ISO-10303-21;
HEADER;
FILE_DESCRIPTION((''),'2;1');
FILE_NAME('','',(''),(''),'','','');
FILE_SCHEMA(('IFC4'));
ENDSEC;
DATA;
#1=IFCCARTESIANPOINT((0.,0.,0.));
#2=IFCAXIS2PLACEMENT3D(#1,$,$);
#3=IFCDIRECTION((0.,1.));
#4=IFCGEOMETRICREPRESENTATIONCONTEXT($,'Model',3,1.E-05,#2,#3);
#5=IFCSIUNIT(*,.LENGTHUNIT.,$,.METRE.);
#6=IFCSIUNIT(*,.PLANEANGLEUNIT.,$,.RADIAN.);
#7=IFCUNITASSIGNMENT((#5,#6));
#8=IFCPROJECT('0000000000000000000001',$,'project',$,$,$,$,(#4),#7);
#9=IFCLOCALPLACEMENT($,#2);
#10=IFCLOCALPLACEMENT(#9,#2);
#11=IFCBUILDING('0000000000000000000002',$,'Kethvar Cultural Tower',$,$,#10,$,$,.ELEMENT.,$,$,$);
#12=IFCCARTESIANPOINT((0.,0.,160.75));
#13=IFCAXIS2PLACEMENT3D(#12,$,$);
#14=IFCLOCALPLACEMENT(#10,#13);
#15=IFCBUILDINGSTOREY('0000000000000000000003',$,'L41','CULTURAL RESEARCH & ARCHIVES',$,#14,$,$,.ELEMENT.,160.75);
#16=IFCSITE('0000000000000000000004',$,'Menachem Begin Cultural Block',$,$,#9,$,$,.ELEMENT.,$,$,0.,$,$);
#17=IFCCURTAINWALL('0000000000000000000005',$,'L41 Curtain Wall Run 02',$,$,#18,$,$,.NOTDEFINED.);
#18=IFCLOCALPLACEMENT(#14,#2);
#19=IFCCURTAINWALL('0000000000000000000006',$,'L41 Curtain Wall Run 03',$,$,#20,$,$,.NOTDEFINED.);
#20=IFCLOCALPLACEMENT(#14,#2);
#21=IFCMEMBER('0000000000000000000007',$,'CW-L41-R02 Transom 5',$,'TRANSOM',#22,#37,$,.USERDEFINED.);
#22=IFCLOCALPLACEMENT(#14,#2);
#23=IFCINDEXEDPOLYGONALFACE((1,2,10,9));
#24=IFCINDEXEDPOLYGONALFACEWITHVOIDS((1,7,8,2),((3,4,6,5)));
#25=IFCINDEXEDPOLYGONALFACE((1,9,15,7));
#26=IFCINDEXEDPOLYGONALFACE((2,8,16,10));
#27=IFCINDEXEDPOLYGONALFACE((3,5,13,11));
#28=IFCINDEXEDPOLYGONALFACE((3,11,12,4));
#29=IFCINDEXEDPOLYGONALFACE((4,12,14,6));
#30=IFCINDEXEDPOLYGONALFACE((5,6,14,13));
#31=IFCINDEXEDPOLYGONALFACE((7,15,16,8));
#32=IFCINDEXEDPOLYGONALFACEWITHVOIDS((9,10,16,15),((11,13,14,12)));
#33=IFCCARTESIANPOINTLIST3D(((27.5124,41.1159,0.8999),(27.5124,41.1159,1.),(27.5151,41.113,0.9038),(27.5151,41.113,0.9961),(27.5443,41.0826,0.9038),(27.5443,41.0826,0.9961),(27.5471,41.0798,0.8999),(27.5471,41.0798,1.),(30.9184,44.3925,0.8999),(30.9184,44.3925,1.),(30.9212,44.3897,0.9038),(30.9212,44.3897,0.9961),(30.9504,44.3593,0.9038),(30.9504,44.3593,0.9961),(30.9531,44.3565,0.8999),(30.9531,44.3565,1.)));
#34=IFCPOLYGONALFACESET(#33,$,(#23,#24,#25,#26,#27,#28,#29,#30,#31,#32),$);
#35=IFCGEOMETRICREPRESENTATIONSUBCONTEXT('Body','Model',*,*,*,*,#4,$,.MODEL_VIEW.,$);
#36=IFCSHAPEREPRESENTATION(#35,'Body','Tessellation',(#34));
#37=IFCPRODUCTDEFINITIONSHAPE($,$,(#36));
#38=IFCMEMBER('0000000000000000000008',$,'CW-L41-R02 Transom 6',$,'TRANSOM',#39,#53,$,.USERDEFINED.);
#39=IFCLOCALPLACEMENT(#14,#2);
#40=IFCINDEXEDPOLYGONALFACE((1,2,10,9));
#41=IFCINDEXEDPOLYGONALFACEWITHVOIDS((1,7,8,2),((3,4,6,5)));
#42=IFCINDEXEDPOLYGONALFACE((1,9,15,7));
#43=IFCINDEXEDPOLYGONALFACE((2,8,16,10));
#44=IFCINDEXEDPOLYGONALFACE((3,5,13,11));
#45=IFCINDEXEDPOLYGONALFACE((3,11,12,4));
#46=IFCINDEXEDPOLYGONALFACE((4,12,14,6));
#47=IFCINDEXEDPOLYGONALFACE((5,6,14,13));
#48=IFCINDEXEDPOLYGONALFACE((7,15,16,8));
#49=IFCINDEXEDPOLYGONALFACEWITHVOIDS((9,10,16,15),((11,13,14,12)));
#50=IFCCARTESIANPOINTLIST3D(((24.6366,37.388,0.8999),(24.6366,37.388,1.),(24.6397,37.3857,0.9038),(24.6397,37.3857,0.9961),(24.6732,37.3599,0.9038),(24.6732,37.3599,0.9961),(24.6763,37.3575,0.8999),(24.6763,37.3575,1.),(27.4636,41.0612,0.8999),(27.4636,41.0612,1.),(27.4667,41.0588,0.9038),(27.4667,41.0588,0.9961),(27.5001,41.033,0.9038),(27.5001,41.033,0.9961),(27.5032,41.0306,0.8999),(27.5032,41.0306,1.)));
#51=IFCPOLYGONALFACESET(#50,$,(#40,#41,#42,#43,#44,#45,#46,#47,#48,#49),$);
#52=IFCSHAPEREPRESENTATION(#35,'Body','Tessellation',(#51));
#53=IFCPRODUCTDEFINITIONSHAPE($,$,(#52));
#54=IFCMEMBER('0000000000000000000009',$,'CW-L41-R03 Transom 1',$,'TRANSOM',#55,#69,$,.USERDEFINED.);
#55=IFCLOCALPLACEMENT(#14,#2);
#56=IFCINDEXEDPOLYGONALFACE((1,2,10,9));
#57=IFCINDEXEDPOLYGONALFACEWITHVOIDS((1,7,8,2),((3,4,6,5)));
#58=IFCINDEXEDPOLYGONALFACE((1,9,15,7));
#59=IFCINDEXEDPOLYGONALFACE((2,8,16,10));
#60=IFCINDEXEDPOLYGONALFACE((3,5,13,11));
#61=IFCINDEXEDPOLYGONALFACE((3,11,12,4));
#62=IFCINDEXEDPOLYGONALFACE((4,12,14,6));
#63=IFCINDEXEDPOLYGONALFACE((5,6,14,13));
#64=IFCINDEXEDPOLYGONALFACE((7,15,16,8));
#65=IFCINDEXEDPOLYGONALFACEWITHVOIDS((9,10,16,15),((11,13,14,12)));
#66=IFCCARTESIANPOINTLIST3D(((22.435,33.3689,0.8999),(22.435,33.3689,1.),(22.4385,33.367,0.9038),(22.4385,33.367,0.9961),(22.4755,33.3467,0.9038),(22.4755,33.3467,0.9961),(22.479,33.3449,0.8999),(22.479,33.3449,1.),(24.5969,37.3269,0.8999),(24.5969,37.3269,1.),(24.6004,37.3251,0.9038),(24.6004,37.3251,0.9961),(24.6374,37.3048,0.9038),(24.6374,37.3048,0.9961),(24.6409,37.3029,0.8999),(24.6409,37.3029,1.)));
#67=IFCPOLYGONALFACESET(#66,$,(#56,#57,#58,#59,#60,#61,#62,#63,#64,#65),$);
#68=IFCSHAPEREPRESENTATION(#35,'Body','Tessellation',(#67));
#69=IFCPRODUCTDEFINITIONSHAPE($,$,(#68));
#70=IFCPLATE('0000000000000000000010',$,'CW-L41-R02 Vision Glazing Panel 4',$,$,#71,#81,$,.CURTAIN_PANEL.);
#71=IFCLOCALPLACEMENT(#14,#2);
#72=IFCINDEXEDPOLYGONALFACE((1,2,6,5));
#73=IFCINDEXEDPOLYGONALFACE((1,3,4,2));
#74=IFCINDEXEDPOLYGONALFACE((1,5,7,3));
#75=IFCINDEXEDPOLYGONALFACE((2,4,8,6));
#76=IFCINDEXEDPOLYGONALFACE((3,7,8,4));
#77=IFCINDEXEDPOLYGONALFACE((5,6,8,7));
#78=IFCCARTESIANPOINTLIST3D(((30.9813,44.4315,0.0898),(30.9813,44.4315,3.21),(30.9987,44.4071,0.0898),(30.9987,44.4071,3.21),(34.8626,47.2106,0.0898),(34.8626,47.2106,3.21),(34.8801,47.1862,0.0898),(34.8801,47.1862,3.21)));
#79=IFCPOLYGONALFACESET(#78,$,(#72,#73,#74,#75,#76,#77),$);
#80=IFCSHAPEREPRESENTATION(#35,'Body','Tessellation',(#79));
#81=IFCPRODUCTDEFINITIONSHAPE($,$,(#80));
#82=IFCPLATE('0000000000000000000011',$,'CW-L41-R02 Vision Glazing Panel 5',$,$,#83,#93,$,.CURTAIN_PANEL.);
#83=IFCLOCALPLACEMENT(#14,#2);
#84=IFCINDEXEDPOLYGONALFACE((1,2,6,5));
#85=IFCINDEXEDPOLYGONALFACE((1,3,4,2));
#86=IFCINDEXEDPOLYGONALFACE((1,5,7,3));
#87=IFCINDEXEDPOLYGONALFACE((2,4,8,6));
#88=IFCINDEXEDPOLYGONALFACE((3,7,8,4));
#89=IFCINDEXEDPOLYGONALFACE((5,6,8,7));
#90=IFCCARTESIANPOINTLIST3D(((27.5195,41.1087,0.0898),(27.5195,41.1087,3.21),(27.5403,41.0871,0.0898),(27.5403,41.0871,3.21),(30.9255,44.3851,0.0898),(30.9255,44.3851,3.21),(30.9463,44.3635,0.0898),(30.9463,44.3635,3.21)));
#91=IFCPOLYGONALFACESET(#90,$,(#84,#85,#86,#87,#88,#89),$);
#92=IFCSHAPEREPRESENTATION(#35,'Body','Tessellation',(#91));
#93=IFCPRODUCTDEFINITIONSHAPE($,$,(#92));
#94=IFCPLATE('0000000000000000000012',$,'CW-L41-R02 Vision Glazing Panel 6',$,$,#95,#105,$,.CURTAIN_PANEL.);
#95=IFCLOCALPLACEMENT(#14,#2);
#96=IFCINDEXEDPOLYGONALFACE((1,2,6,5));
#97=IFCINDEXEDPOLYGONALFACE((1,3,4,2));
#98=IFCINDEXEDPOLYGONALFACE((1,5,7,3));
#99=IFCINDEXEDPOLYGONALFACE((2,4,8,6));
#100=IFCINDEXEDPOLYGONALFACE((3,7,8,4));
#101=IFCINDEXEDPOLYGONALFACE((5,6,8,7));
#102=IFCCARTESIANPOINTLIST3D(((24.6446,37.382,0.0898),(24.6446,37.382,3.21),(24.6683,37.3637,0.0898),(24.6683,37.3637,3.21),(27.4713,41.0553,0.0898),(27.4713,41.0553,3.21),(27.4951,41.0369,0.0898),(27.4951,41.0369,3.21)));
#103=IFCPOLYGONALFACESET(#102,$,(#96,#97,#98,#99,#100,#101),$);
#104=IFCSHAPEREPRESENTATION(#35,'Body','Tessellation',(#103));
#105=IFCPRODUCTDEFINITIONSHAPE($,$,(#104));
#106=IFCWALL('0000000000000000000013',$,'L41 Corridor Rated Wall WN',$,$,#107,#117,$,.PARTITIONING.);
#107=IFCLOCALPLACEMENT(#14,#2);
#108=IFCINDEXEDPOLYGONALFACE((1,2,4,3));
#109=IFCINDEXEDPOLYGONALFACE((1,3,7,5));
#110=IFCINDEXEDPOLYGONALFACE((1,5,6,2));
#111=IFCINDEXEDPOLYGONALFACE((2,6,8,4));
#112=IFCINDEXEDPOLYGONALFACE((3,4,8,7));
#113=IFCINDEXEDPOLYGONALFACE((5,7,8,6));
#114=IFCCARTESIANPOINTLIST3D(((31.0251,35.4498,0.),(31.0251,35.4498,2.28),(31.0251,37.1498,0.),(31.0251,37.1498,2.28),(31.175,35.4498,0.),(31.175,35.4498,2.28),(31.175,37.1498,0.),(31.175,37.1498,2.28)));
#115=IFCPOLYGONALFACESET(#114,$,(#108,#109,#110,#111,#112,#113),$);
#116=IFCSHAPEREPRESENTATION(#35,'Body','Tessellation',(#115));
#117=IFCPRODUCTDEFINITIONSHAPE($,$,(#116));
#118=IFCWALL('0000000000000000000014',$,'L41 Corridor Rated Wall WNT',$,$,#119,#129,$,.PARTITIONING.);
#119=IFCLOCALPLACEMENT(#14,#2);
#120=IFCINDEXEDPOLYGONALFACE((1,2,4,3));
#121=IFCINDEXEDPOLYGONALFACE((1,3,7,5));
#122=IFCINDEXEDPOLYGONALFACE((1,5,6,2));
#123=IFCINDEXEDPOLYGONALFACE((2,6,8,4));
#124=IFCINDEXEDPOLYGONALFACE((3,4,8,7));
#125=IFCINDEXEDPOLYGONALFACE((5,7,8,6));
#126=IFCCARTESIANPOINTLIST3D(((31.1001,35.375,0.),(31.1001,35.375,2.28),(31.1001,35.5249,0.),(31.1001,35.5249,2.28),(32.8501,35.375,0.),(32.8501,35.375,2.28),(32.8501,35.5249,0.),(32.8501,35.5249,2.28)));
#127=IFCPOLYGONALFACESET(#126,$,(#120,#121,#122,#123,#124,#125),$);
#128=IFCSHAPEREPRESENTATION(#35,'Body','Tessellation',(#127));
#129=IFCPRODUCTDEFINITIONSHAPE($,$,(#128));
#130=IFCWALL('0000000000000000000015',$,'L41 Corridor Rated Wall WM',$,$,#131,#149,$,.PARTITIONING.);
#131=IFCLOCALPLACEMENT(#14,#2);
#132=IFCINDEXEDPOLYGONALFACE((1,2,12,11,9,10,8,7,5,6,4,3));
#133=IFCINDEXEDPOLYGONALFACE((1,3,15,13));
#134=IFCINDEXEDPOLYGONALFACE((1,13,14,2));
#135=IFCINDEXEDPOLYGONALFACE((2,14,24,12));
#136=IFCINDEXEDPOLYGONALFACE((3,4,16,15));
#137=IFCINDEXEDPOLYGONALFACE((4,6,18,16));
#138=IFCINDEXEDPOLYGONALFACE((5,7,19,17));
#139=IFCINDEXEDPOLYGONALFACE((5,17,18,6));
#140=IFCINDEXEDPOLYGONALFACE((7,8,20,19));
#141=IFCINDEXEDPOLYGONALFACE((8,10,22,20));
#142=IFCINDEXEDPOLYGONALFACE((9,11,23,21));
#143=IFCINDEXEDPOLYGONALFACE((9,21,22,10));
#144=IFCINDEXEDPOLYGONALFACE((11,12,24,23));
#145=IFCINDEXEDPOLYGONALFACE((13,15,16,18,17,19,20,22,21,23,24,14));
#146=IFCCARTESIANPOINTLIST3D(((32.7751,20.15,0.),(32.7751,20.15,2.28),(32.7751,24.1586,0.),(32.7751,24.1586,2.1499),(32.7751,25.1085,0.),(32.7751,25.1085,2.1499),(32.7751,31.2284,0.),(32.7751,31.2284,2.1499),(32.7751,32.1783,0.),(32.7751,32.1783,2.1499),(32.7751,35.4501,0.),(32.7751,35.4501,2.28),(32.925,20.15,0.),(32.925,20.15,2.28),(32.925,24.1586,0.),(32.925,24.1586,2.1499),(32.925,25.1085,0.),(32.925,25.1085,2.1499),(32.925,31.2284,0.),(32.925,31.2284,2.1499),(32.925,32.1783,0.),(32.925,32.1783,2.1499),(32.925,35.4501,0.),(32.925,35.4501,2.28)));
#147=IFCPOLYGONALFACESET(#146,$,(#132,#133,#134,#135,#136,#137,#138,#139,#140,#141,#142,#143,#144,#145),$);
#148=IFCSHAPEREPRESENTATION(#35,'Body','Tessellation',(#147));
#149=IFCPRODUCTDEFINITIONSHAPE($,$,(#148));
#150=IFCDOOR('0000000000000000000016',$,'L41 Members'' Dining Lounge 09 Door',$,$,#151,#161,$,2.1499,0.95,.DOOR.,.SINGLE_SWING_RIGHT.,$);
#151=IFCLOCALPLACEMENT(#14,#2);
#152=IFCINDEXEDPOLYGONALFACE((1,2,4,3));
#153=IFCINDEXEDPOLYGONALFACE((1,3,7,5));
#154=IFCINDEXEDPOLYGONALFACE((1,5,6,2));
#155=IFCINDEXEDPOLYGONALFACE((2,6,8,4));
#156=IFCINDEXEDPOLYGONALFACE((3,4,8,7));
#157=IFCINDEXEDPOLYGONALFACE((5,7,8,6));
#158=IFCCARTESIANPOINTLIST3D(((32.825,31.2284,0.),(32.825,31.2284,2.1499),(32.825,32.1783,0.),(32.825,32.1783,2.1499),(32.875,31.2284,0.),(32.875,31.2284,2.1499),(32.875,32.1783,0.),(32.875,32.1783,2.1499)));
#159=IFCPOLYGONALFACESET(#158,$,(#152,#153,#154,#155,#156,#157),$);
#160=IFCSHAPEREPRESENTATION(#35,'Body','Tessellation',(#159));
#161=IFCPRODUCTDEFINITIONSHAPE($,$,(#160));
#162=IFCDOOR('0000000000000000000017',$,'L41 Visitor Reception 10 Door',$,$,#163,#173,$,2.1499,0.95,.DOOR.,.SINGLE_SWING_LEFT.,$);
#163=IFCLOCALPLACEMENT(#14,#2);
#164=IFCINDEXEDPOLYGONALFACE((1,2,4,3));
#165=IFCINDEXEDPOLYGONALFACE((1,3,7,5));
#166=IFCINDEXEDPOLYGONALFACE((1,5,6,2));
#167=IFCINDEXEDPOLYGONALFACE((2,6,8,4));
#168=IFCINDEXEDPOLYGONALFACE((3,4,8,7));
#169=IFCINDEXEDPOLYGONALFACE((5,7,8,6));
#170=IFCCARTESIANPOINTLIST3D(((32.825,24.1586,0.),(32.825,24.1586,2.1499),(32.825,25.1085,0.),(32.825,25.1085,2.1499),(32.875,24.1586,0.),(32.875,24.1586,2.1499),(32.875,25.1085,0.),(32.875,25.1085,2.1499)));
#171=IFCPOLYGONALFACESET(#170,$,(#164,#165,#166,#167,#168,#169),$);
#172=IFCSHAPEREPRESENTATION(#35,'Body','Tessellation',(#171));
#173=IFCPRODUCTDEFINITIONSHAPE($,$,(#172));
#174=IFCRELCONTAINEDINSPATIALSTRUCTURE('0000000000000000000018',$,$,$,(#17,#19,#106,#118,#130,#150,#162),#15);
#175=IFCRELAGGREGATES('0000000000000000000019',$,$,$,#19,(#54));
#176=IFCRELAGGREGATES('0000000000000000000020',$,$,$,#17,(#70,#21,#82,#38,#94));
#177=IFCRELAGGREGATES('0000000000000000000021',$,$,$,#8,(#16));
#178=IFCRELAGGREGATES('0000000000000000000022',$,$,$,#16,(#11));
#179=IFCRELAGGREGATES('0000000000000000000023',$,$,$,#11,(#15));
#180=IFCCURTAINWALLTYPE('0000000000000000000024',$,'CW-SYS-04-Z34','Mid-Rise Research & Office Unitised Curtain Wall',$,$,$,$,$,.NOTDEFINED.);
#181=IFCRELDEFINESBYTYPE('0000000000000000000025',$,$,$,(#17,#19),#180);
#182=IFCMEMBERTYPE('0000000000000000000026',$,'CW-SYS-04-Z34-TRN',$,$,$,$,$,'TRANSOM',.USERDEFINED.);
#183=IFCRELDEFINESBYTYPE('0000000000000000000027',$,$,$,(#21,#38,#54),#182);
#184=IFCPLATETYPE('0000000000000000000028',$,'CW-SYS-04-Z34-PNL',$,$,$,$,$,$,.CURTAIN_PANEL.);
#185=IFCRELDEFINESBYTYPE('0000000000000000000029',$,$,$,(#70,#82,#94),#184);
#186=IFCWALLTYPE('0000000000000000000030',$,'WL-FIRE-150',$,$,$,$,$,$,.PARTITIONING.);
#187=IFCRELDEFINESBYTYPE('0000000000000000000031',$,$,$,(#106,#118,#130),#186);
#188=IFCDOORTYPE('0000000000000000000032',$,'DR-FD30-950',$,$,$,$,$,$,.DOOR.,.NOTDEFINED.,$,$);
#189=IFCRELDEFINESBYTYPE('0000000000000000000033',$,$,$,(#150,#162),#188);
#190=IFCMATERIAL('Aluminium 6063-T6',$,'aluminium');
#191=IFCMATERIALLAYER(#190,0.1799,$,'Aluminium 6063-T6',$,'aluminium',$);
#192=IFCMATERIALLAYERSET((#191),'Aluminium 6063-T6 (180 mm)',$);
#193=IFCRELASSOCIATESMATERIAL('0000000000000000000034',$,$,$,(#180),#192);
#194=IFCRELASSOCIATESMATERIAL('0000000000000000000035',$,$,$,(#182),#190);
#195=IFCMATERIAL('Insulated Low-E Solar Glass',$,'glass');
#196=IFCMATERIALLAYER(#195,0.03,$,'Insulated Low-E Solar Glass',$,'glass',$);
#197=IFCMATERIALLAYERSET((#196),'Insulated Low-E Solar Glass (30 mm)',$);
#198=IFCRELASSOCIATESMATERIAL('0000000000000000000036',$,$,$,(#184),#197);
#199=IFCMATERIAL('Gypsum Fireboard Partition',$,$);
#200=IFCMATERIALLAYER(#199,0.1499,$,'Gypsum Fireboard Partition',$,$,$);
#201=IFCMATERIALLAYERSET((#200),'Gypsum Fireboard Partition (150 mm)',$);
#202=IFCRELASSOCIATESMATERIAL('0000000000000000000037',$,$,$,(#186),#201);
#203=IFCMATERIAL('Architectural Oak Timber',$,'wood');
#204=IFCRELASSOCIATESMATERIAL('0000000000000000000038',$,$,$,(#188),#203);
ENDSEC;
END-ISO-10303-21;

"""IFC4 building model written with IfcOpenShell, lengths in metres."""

from ifc_helpers import new_model, si_unit, direction, frame, frame_2d, origin, origin_2d, place, context, subcontext, project, spatial, rectangle, hollow_rectangle, extrude, source, transform, mapped, material, layer, layer_set, material_profile, profile_set, type_object, element, fill, aggregate, save


model = new_model("IFC4")

# Units and contexts
model_context = context("Model", 3, precision=1e-05, world=origin(), true_north=direction((0.0, 1.0)))
body_context = subcontext(model_context, "Body", "Model", "MODEL_VIEW")
ifc_project = project(units=[si_unit("LENGTHUNIT", "METRE"), si_unit("PLANEANGLEUNIT", "RADIAN")], contexts=[model_context])

# Site, building, storey
site_placement = place(None, origin())
site = spatial("IfcSite", under=ifc_project, at=site_placement, Name="Menachem Begin Cultural Block", CompositionType="ELEMENT", RefElevation=0.0)
building_placement = place(site_placement, origin())
building = spatial("IfcBuilding", under=site, at=building_placement, Name="Kethvar Cultural Tower", CompositionType="ELEMENT")
storey_placement = place(building_placement, frame((0.0, 0.0, 160.75)))
storey = spatial("IfcBuildingStorey", under=building, at=storey_placement, Name="L41", Description="CULTURAL RESEARCH & ARCHIVES", CompositionType="ELEMENT", Elevation=160.75)

# Curtain wall
ifc_material_1 = material(Name="Aluminium 6063-T6", Category="aluminium")
ifc_layer_1 = layer(ifc_material_1, 0.1799, Name="Aluminium 6063-T6", Category="aluminium")
ifc_layer_set_1 = layer_set([ifc_layer_1], Name="Aluminium 6063-T6 (180 mm)")
curtain_wall_type = type_object("IfcCurtainWallType", Name="CW-SYS-04-Z34", Description="Mid-Rise Research & Office Unitised Curtain Wall", PredefinedType="NOTDEFINED", material=ifc_layer_set_1)
curtain_wall_1_placement = place(storey_placement, origin())
curtain_wall_1 = element("IfcCurtainWall", 1, at=curtain_wall_1_placement, inside=storey, type_object=curtain_wall_type, Name="L41 Curtain Wall Run 02", PredefinedType="NOTDEFINED")

# Curtain wall
curtain_wall_2_placement = place(storey_placement, origin())
curtain_wall_2 = element("IfcCurtainWall", 2, at=curtain_wall_2_placement, inside=storey, type_object=curtain_wall_type, Name="L41 Curtain Wall Run 03", PredefinedType="NOTDEFINED")

# Members
ifc_material_profile_1 = material_profile(ifc_material_1, hollow_rectangle(XDim=0.05, YDim=0.1001, WallThickness=0.0039, at=origin_2d()), Name="Aluminium 6063-T6 — RHS100x50x4")
ifc_profile_set_1 = profile_set([ifc_material_profile_1], Name="Aluminium 6063-T6 — RHS100x50x4")
member_type_1 = type_object("IfcMemberType", Name="CW-SYS-04-Z34-TRN", ElementType="TRANSOM", PredefinedType="USERDEFINED", material=ifc_profile_set_1)
shared_shape_1 = source(origin(), body_context, "Body", "SweptSolid", [
    extrude(hollow_rectangle(XDim=0.05, YDim=0.1001, WallThickness=0.0039, at=origin_2d()), origin(), (0.0, 0.0, 1.0), 4.7263),
])
member_1_placement = place(storey_placement, frame((30.9358, 44.3745, 0.95), z_axis=(-0.720663, -0.693285, 0.0), x_axis=(0.693285, -0.720663, 0.0)))
member_1 = element("IfcMember", 3, at=member_1_placement, type_object=member_type_1, Name="CW-L41-R02 Transom 5", ObjectType="TRANSOM", PredefinedType="USERDEFINED", context=body_context, shape_type="MappedRepresentation", body=[
    mapped(shared_shape_1, transform((0.0, 0.0, 0.0), scale=1.0)),
])
shared_shape_2 = source(origin(), body_context, "Body", "SweptSolid", [
    extrude(hollow_rectangle(XDim=0.05, YDim=0.1001, WallThickness=0.0039, at=origin_2d()), origin(), (0.0, 0.0, 1.0), 4.635),
])
member_2_placement = place(storey_placement, frame((27.4834, 41.0459, 0.95), z_axis=(-0.609907, -0.792473, 0.0), x_axis=(0.792473, -0.609907, 0.0)))
member_2 = element("IfcMember", 4, at=member_2_placement, type_object=member_type_1, Name="CW-L41-R02 Transom 6", ObjectType="TRANSOM", PredefinedType="USERDEFINED", context=body_context, shape_type="MappedRepresentation", body=[
    mapped(shared_shape_2, transform((0.0, 0.0, 0.0), scale=1.0)),
])
shared_shape_3 = source(origin(), body_context, "Body", "SweptSolid", [
    extrude(hollow_rectangle(XDim=0.05, YDim=0.1001, WallThickness=0.0039, at=origin_2d()), origin(), (0.0, 0.0, 1.0), 4.51),
])
member_3_placement = place(storey_placement, frame((24.6189, 37.3149, 0.95), z_axis=(-0.479356, -0.87762, 0.0), x_axis=(0.87762, -0.479356, 0.0)))
member_3 = element("IfcMember", 5, at=member_3_placement, type_object=member_type_1, Name="CW-L41-R03 Transom 1", ObjectType="TRANSOM", PredefinedType="USERDEFINED", context=body_context, shape_type="MappedRepresentation", body=[
    mapped(shared_shape_3, transform((0.0, 0.0, 0.0), scale=1.0)),
])
aggregate(curtain_wall_2, [member_3])

# Plates
ifc_material_2 = material(Name="Insulated Low-E Solar Glass", Category="glass")
ifc_layer_2 = layer(ifc_material_2, 0.03, Name="Insulated Low-E Solar Glass", Category="glass")
ifc_layer_set_2 = layer_set([ifc_layer_2], Name="Insulated Low-E Solar Glass (30 mm)")
plate_type = type_object("IfcPlateType", Name="CW-SYS-04-Z34-PNL", PredefinedType="CURTAIN_PANEL", material=ifc_layer_set_2)
shared_shape_4 = source(origin(), body_context, "Body", "SweptSolid", [
    extrude(rectangle(XDim=4.7737, YDim=0.03, at=origin_2d()), origin(), (0.0, 0.0, 1.0), 3.1201),
])
plate_1_placement = place(storey_placement, frame((32.9307, 45.8088, 0.0898), z_axis=(0.0, 0.0, 1.0), x_axis=(-0.81307, -0.582166, 0.0)))
plate_1 = element("IfcPlate", 6, at=plate_1_placement, type_object=plate_type, Name="CW-L41-R02 Vision Glazing Panel 4", PredefinedType="CURTAIN_PANEL", context=body_context, shape_type="MappedRepresentation", body=[
    mapped(shared_shape_4, transform((0.0, 0.0, 0.0), scale=1.0)),
])
shared_shape_5 = source(origin(), body_context, "Body", "SweptSolid", [
    extrude(rectangle(XDim=4.7261, YDim=0.03, at=origin_2d()), origin(), (0.0, 0.0, 1.0), 3.1201),
])
plate_2_placement = place(storey_placement, frame((29.2329, 42.7361, 0.0898), z_axis=(0.0, 0.0, 1.0), x_axis=(-0.720684, -0.693263, 0.0)))
plate_2 = element("IfcPlate", 7, at=plate_2_placement, type_object=plate_type, Name="CW-L41-R02 Vision Glazing Panel 5", PredefinedType="CURTAIN_PANEL", context=body_context, shape_type="MappedRepresentation", body=[
    mapped(shared_shape_5, transform((0.0, 0.0, 0.0), scale=1.0)),
])
shared_shape_6 = source(origin(), body_context, "Body", "SweptSolid", [
    extrude(rectangle(XDim=4.635, YDim=0.03, at=origin_2d()), origin(), (0.0, 0.0, 1.0), 3.1201),
])
plate_3_placement = place(storey_placement, frame((26.0698, 39.2095, 0.0898), z_axis=(0.0, 0.0, 1.0), x_axis=(-0.609869, -0.792503, 0.0)))
plate_3 = element("IfcPlate", 8, at=plate_3_placement, type_object=plate_type, Name="CW-L41-R02 Vision Glazing Panel 6", PredefinedType="CURTAIN_PANEL", context=body_context, shape_type="MappedRepresentation", body=[
    mapped(shared_shape_6, transform((0.0, 0.0, 0.0), scale=1.0)),
])
aggregate(curtain_wall_1, [plate_1, member_1, plate_2, member_2, plate_3])

# Walls
ifc_material_3 = material(Name="Gypsum Fireboard Partition")
ifc_layer_3 = layer(ifc_material_3, 0.1499, Name="Gypsum Fireboard Partition")
ifc_layer_set_3 = layer_set([ifc_layer_3], Name="Gypsum Fireboard Partition (150 mm)")
wall_type = type_object("IfcWallType", Name="WL-FIRE-150", PredefinedType="PARTITIONING", material=ifc_layer_set_3)
wall_1_placement = place(storey_placement, frame((31.1001, 37.1499, 0.0), z_axis=(0.0, 0.0, 1.0), x_axis=(0.0, -1.0, 0.0)))
element("IfcWall", 9, at=wall_1_placement, inside=storey, type_object=wall_type, Name="L41 Corridor Rated Wall WN", PredefinedType="PARTITIONING", context=body_context, shape_type="SweptSolid", body=[
    extrude(rectangle(XDim=1.7, YDim=0.1499, at=frame_2d((0.8501, 0.0))), origin(), (0.0, 0.0, 1.0), 2.28),
])
wall_2_placement = place(storey_placement, frame((31.1001, 35.45, 0.0), z_axis=(0.0, 0.0, 1.0), x_axis=(1.0, 0.0, 0.0)))
element("IfcWall", 10, at=wall_2_placement, inside=storey, type_object=wall_type, Name="L41 Corridor Rated Wall WNT", PredefinedType="PARTITIONING", context=body_context, shape_type="SweptSolid", body=[
    extrude(rectangle(XDim=1.75, YDim=0.1499, at=frame_2d((0.875, 0.0))), origin(), (0.0, 0.0, 1.0), 2.28),
])

# Wall, openings, doors
wall_3_placement = place(storey_placement, frame((32.8501, 35.45, 0.0), z_axis=(0.0, 0.0, 1.0), x_axis=(0.0, -1.0, 0.0)))
wall_3 = element("IfcWall", 11, at=wall_3_placement, inside=storey, type_object=wall_type, Name="L41 Corridor Rated Wall WM", PredefinedType="PARTITIONING", context=body_context, shape_type="SweptSolid", body=[
    extrude(rectangle(XDim=15.3, YDim=0.1499, at=frame_2d((7.6499, 0.0))), origin(), (0.0, 0.0, 1.0), 2.28),
])
opening_1_placement = place(wall_3_placement, frame((3.2715, 0.0, 0.0)))
opening_1 = element("IfcOpeningElement", 12, at=opening_1_placement, cuts=wall_3, PredefinedType="OPENING", context=body_context, shape_type="SweptSolid", body=[
    extrude(rectangle(XDim=0.95, YDim=2.1499, at=frame_2d((0.4751, 1.075))), frame((0.0, 0.085, 0.0), z_axis=(0.0, -1.0, 0.0), x_axis=(1.0, 0.0, 0.0)), (0.0, 0.0, 1.0), 0.1699),
])
opening_2_placement = place(wall_3_placement, frame((10.3413, 0.0, 0.0)))
opening_2 = element("IfcOpeningElement", 13, at=opening_2_placement, cuts=wall_3, PredefinedType="OPENING", context=body_context, shape_type="SweptSolid", body=[
    extrude(rectangle(XDim=0.95, YDim=2.1499, at=frame_2d((0.4751, 1.075))), frame((0.0, 0.085, 0.0), z_axis=(0.0, -1.0, 0.0), x_axis=(1.0, 0.0, 0.0)), (0.0, 0.0, 1.0), 0.1699),
])
ifc_material_4 = material(Name="Architectural Oak Timber", Category="wood")
door_type = type_object("IfcDoorType", Name="DR-FD30-950", OperationType="NOTDEFINED", PredefinedType="DOOR", material=ifc_material_4)
shared_shape_7 = source(origin(), body_context, "Body", "SweptSolid", [
    extrude(rectangle(XDim=0.95, YDim=2.1499, at=frame_2d((0.4751, 1.075))), frame((0.0, 0.0249, 0.0), z_axis=(0.0, -1.0, 0.0), x_axis=(1.0, 0.0, 0.0)), (0.0, 0.0, 1.0), 0.05),
])
door_1_placement = place(opening_1_placement, origin())
door_1 = element("IfcDoor", 14, at=door_1_placement, inside=storey, type_object=door_type, Name="L41 Members' Dining Lounge 09 Door", OperationType="SINGLE_SWING_RIGHT", OverallHeight=2.1499, OverallWidth=0.95, PredefinedType="DOOR", context=body_context, shape_type="MappedRepresentation", body=[
    mapped(shared_shape_7, transform((0.0, 0.0, 0.0), scale=1.0)),
])
fill(opening_1, door_1)
door_2_placement = place(opening_2_placement, origin())
door_2 = element("IfcDoor", 15, at=door_2_placement, inside=storey, type_object=door_type, Name="L41 Visitor Reception 10 Door", OperationType="SINGLE_SWING_LEFT", OverallHeight=2.1499, OverallWidth=0.95, PredefinedType="DOOR", context=body_context, shape_type="MappedRepresentation", body=[
    mapped(shared_shape_7, transform((0.0, 0.0, 0.0), scale=1.0)),
])
fill(opening_2, door_2)

save(model, "model.ifc")
